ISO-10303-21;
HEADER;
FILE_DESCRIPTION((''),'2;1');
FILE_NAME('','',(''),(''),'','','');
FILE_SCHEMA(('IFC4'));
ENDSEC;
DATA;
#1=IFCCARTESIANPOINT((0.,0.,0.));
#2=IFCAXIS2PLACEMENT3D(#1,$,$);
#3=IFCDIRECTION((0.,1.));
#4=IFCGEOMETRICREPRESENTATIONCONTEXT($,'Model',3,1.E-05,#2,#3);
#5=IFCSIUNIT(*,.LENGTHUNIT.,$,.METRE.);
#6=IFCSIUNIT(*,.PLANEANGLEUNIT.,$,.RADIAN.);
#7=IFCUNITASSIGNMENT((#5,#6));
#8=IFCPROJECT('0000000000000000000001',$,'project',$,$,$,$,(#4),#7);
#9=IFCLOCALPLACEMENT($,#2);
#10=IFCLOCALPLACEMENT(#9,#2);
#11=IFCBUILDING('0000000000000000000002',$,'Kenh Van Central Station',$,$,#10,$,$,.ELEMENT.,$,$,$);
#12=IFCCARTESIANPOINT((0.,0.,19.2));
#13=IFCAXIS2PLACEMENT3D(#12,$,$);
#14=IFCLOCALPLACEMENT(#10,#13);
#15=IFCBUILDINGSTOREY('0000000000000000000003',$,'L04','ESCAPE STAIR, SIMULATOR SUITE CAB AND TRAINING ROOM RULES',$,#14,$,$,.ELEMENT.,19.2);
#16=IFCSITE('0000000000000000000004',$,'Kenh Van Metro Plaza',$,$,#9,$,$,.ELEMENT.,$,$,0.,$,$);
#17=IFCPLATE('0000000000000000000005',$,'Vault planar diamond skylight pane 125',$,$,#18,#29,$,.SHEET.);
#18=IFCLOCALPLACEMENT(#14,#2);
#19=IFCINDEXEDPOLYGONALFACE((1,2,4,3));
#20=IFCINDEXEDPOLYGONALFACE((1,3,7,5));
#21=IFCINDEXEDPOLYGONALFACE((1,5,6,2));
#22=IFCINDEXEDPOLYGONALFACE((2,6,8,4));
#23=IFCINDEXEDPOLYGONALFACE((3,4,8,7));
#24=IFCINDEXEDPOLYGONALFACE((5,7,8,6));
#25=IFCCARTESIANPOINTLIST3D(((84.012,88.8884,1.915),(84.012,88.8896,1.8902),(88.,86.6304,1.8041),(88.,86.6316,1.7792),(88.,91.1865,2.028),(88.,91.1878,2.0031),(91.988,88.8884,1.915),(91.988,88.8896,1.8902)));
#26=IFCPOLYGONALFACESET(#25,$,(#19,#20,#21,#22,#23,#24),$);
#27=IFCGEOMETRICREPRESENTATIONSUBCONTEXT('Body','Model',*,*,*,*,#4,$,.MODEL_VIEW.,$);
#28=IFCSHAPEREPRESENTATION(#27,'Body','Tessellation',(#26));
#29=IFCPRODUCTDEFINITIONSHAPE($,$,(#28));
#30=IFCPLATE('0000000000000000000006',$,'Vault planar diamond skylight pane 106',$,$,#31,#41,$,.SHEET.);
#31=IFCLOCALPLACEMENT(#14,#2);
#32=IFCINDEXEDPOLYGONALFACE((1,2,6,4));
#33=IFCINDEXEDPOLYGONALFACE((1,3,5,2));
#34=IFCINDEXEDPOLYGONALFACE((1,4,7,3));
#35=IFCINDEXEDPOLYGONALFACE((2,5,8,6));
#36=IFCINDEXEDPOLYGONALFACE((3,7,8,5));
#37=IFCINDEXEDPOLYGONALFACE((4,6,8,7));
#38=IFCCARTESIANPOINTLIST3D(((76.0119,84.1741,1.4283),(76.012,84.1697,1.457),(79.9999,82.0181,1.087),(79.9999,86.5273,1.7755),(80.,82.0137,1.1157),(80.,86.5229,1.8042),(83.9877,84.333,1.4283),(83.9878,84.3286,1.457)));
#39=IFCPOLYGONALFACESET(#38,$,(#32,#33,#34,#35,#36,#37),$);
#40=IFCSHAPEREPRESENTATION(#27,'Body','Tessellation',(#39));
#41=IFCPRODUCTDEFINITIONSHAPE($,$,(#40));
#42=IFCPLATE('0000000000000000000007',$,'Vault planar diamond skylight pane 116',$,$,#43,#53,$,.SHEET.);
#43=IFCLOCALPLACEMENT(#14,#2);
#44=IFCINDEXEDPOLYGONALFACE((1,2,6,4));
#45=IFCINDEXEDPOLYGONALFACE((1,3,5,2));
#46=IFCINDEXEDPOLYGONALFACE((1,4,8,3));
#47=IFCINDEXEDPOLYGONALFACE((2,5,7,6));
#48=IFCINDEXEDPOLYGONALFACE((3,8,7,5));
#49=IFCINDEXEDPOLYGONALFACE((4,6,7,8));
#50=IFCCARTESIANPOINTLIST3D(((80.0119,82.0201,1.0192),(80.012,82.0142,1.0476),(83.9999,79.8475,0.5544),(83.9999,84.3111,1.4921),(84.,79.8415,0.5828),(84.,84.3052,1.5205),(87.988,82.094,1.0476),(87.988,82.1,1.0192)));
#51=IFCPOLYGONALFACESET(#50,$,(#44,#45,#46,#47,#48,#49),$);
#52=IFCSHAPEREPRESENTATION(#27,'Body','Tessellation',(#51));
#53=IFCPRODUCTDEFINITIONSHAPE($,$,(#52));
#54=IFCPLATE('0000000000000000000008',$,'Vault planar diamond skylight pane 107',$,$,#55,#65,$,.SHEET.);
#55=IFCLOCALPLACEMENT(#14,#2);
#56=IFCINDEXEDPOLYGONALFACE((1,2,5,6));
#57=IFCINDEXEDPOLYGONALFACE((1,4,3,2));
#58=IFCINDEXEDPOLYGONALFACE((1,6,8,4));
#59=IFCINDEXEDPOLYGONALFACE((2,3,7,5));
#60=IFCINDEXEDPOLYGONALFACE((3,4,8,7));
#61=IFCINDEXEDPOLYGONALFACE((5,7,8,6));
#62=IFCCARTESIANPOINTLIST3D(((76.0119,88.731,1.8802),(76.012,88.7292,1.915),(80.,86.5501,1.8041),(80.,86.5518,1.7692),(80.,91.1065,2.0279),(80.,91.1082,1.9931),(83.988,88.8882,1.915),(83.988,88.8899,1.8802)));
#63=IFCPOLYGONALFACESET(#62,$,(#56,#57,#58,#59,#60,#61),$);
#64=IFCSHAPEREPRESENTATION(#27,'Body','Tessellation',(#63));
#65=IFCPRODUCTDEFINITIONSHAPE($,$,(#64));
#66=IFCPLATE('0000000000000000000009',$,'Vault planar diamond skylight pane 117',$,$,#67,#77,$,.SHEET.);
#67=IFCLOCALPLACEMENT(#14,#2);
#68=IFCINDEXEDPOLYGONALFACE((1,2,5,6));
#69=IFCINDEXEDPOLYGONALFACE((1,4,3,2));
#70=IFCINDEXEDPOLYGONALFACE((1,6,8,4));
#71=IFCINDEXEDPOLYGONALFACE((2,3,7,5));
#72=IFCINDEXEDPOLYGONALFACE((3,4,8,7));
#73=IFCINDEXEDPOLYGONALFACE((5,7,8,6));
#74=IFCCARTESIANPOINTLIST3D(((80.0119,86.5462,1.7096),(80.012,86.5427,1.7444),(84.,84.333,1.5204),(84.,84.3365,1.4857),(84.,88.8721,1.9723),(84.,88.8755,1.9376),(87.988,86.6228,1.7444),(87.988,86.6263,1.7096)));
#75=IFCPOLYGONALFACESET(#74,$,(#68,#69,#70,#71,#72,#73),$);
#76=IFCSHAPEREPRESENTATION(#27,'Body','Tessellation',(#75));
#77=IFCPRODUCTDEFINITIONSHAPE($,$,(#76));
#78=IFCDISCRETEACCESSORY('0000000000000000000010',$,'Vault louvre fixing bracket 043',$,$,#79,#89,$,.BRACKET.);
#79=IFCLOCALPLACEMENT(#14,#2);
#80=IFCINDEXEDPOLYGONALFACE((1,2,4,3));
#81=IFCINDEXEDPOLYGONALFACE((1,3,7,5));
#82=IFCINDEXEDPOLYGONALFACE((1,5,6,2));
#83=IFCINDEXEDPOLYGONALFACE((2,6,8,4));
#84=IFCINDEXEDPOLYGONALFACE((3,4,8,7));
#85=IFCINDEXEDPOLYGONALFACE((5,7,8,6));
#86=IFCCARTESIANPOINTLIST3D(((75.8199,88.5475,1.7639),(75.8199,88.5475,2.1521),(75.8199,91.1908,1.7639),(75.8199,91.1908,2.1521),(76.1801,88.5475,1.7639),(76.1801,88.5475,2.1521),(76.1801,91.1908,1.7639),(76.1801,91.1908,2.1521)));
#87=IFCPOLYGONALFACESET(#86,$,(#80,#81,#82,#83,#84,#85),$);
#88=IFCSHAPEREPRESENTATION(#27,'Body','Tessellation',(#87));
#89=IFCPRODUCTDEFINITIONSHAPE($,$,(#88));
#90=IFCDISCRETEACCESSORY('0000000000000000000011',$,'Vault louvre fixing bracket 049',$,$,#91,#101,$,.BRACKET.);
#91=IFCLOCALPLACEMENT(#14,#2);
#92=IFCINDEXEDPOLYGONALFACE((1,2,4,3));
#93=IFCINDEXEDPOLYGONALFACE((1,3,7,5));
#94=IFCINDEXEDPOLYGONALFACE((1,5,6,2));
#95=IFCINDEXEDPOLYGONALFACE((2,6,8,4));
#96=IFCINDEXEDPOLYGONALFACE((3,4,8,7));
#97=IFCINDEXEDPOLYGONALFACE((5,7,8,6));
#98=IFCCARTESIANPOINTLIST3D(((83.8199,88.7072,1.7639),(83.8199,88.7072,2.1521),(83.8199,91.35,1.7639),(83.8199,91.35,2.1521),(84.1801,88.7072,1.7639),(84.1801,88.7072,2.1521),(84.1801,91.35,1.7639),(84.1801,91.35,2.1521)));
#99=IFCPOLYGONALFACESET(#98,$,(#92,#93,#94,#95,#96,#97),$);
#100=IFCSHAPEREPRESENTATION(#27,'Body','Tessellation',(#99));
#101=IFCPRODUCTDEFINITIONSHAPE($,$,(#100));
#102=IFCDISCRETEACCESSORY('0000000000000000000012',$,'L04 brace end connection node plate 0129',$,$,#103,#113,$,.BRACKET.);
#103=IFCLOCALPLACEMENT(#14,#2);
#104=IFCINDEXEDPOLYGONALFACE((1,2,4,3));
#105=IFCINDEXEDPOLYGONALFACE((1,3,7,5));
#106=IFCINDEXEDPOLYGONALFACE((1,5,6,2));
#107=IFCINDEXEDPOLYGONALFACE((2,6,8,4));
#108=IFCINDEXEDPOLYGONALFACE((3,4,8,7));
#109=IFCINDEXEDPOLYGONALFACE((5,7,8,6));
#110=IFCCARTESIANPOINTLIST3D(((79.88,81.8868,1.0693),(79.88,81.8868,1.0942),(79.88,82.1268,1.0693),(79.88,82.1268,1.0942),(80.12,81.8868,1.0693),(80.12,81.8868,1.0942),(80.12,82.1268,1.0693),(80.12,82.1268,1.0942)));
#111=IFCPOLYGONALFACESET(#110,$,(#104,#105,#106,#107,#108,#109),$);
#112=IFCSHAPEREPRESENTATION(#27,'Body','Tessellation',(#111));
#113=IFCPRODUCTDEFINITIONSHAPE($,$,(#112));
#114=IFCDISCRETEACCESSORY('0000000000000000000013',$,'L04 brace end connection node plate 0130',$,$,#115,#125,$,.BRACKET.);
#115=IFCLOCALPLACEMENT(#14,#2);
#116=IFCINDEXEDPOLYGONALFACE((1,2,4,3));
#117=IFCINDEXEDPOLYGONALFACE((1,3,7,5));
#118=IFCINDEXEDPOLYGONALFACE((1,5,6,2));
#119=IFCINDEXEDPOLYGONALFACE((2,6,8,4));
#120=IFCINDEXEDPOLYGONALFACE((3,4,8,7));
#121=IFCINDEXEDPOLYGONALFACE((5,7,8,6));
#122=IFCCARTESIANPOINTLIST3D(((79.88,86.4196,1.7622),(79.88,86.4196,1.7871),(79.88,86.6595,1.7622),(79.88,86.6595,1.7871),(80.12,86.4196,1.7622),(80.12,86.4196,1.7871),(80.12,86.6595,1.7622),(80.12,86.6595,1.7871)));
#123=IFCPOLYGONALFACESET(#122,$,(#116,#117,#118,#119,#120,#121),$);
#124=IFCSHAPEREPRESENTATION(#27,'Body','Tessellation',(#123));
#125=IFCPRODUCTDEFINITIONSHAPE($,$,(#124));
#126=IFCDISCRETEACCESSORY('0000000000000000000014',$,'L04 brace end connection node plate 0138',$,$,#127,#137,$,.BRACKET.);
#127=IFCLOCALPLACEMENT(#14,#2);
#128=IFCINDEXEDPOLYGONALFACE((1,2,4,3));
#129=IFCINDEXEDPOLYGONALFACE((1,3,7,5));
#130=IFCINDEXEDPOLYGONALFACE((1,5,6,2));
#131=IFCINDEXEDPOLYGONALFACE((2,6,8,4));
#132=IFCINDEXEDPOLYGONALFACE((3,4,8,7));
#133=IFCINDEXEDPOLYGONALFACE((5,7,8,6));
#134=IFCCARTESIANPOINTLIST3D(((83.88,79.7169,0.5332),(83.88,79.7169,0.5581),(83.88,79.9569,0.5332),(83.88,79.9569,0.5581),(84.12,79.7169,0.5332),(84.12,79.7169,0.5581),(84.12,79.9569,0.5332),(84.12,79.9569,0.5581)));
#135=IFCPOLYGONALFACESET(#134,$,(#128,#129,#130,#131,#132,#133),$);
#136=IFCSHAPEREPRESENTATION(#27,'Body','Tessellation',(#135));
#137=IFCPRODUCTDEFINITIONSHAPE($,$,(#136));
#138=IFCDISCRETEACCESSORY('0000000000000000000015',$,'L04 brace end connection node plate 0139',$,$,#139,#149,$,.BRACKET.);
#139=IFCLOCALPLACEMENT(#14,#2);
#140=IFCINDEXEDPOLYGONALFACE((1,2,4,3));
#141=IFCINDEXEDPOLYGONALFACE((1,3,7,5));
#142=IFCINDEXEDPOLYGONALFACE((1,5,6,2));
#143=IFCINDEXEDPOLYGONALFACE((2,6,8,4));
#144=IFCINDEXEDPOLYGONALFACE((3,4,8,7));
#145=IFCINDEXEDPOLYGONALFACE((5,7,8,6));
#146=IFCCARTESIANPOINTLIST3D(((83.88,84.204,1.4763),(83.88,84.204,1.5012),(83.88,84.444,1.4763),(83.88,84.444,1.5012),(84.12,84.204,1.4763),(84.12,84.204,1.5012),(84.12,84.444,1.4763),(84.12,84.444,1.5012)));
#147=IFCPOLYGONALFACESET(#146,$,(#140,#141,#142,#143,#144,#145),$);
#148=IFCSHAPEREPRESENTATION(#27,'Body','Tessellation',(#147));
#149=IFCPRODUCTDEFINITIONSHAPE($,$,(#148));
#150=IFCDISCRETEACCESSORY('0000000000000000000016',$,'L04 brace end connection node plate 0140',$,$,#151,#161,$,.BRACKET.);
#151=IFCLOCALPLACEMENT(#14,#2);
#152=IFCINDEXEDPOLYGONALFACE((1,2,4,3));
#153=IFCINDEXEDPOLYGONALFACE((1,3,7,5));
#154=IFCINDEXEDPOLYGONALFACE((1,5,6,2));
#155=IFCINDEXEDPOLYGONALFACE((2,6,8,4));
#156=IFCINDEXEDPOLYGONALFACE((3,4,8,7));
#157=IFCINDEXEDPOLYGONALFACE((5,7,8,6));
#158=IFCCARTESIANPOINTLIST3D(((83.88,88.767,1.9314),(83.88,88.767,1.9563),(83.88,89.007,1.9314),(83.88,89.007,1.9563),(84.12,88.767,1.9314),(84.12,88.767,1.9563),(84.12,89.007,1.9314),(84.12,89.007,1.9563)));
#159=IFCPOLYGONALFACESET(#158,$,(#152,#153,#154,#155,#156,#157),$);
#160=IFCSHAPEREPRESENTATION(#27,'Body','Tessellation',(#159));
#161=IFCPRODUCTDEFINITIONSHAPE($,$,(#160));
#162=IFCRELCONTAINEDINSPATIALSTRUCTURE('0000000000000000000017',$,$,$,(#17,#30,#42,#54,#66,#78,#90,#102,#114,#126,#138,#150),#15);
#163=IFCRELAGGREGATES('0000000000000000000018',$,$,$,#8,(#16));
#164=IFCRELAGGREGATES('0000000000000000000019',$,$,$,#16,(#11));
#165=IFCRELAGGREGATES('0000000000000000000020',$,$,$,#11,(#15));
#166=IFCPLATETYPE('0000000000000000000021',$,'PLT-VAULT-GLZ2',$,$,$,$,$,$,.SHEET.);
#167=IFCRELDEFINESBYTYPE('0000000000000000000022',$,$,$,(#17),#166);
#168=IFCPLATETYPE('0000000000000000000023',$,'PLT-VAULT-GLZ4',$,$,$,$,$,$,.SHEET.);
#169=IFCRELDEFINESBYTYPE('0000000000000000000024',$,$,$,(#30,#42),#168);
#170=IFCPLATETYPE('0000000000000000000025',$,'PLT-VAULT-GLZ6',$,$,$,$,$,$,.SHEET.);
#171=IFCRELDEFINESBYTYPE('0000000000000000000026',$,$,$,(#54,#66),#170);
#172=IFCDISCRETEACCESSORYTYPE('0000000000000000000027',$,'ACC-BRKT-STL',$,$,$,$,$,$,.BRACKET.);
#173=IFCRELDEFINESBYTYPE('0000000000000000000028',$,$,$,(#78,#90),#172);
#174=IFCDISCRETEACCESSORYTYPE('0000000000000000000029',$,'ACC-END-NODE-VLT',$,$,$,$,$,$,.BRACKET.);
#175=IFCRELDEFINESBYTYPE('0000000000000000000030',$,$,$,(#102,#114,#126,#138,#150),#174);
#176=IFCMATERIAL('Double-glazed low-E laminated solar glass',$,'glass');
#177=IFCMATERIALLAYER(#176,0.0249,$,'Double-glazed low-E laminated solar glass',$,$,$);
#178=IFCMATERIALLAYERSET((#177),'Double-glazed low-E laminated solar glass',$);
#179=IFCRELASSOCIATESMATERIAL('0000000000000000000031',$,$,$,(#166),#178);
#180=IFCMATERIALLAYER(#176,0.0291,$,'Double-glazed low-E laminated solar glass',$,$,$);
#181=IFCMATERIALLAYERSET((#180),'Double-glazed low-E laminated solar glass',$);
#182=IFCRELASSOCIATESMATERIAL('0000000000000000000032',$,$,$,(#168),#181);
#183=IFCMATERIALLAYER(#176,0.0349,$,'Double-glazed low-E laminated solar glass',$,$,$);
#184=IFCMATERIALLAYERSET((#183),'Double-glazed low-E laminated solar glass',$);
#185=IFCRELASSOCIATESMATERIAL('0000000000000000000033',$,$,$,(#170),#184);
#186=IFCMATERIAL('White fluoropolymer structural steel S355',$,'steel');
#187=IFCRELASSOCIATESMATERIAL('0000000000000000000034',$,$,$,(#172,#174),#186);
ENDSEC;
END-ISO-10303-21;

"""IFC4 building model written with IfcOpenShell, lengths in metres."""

from ifc_helpers import new_model, si_unit, direction, frame, origin, origin_2d, place, context, subcontext, project, spatial, polyline, rectangle, outline, extrude, material, layer, layer_set, type_object, element, save


model = new_model("IFC4")

# Units and contexts
model_context = context("Model", 3, precision=1e-05, world=origin(), true_north=direction((0.0, 1.0)))
body_context = subcontext(model_context, "Body", "Model", "MODEL_VIEW")
ifc_project = project(units=[si_unit("LENGTHUNIT", "METRE"), si_unit("PLANEANGLEUNIT", "RADIAN")], contexts=[model_context])

# Site, building, storey
site_placement = place(None, origin())
site = spatial("IfcSite", under=ifc_project, at=site_placement, Name="Kenh Van Metro Plaza", CompositionType="ELEMENT", RefElevation=0.0)
building_placement = place(site_placement, origin())
building = spatial("IfcBuilding", under=site, at=building_placement, Name="Kenh Van Central Station", CompositionType="ELEMENT")
storey_placement = place(building_placement, frame((0.0, 0.0, 19.2)))
storey = spatial("IfcBuildingStorey", under=building, at=storey_placement, Name="L04", Description="ESCAPE STAIR, SIMULATOR SUITE CAB AND TRAINING ROOM RULES", CompositionType="ELEMENT", Elevation=19.2)

# Shared definitions
ifc_material_1 = material(Name="White fluoropolymer structural steel S355", Category="steel")

# Plates
ifc_material_2 = material(Name="Double-glazed low-E laminated solar glass", Category="glass")
ifc_layer_1 = layer(ifc_material_2, 0.0249, Name="Double-glazed low-E laminated solar glass")
ifc_layer_set_1 = layer_set([ifc_layer_1], Name="Double-glazed low-E laminated solar glass")
plate_type_1 = type_object("IfcPlateType", Name="PLT-VAULT-GLZ2", PredefinedType="SHEET", material=ifc_layer_set_1)
plate_1_placement = place(storey_placement, frame((84.012, 88.8884, 1.915), z_axis=(0.0, -0.049078, 0.998795), x_axis=(0.869939, -0.492565, -0.024203)))
element("IfcPlate", 1, at=plate_1_placement, inside=storey, type_object=plate_type_1, Name="Vault planar diamond skylight pane 125", PredefinedType="SHEET", context=body_context, shape_type="SweptSolid", body=[
    extrude(outline(polyline([(0.0, 0.0), (4.5843, 0.0), (6.9387, 3.9335), (2.3347, 3.9684), (0.0, 0.0)])), origin(), (0.0, 0.0, -1.0), 0.0249),
])
ifc_layer_2 = layer(ifc_material_2, 0.0291, Name="Double-glazed low-E laminated solar glass")
ifc_layer_set_2 = layer_set([ifc_layer_2], Name="Double-glazed low-E laminated solar glass")
plate_type_2 = type_object("IfcPlateType", Name="PLT-VAULT-GLZ4", PredefinedType="SHEET", material=ifc_layer_set_2)
plate_2_placement = place(storey_placement, frame((76.012, 84.1697, 1.457), z_axis=(0.003008, -0.15093, 0.98854), x_axis=(0.877195, -0.474228, -0.075074)))
element("IfcPlate", 2, at=plate_2_placement, inside=storey, type_object=plate_type_2, Name="Vault planar diamond skylight pane 106", PredefinedType="SHEET", context=body_context, shape_type="SweptSolid", body=[
    extrude(outline(polyline([(0.0, 0.0), (4.5463, 0.0), (6.921, 3.9672), (2.3562, 4.0014), (0.0, 0.0)])), origin(), (0.0, 0.0, -1.0), 0.0291),
])
plate_3_placement = place(storey_placement, frame((80.012, 82.0142, 1.0476), z_axis=(0.002058, -0.205597, 0.978635), x_axis=(0.87358, -0.475911, -0.101819)))
element("IfcPlate", 3, at=plate_3_placement, inside=storey, type_object=plate_type_2, Name="Vault planar diamond skylight pane 116", PredefinedType="SHEET", context=body_context, shape_type="SweptSolid", body=[
    extrude(outline(polyline([(0.0, 0.0), (4.5652, 0.0), (6.9297, 3.95), (2.3454, 3.9845), (0.0, 0.0)])), origin(), (0.0, 0.0, -1.0), 0.0291),
])
ifc_layer_3 = layer(ifc_material_2, 0.0349, Name="Double-glazed low-E laminated solar glass")
ifc_layer_set_3 = layer_set([ifc_layer_3], Name="Double-glazed low-E laminated solar glass")
plate_type_3 = type_object("IfcPlateType", Name="PLT-VAULT-GLZ6", PredefinedType="SHEET", material=ifc_layer_set_3)
plate_4_placement = place(storey_placement, frame((76.012, 88.7292, 1.915), z_axis=(0.000978, -0.049075, 0.998795), x_axis=(0.877273, -0.47937, -0.024413)))
element("IfcPlate", 4, at=plate_4_placement, inside=storey, type_object=plate_type_3, Name="Vault planar diamond skylight pane 107", PredefinedType="SHEET", context=body_context, shape_type="SweptSolid", body=[
    extrude(outline(polyline([(0.0, 0.0), (4.5459, 0.0), (6.921, 3.9677), (2.3563, 4.002), (0.0, 0.0)])), origin(), (0.0, 0.0, -1.0), 0.0349),
])
plate_5_placement = place(storey_placement, frame((80.012, 86.5427, 1.7444), z_axis=(0.000995, -0.099069, 0.99508), x_axis=(0.87365, -0.484075, -0.049067)))
element("IfcPlate", 5, at=plate_5_placement, inside=storey, type_object=plate_type_3, Name="Vault planar diamond skylight pane 117", PredefinedType="SHEET", context=body_context, shape_type="SweptSolid", body=[
    extrude(outline(polyline([(0.0, 0.0), (4.5648, 0.0), (6.9295, 3.9504), (2.3454, 3.9852), (0.0, 0.0)])), origin(), (0.0, 0.0, -1.0), 0.0349),
])

# Discrete accessories
discrete_accessory_type_1 = type_object("IfcDiscreteAccessoryType", Name="ACC-BRKT-STL", PredefinedType="BRACKET", material=ifc_material_1)
discrete_accessory_1_placement = place(storey_placement, frame((76.0, 89.8691, 1.7639), z_axis=(0.0, 0.0, 1.0), x_axis=(1.0, 0.0, 0.0)))
element("IfcDiscreteAccessory", 6, at=discrete_accessory_1_placement, inside=storey, type_object=discrete_accessory_type_1, Name="Vault louvre fixing bracket 043", PredefinedType="BRACKET", context=body_context, shape_type="SweptSolid", body=[
    extrude(rectangle(XDim=0.3601, YDim=2.6433, at=origin_2d()), origin(), (0.0, 0.0, 1.0), 0.3882),
])
discrete_accessory_2_placement = place(storey_placement, frame((84.0, 90.0286, 1.7639), z_axis=(0.0, 0.0, 1.0), x_axis=(1.0, 0.0, 0.0)))
element("IfcDiscreteAccessory", 7, at=discrete_accessory_2_placement, inside=storey, type_object=discrete_accessory_type_1, Name="Vault louvre fixing bracket 049", PredefinedType="BRACKET", context=body_context, shape_type="SweptSolid", body=[
    extrude(rectangle(XDim=0.3601, YDim=2.6428, at=origin_2d()), origin(), (0.0, 0.0, 1.0), 0.3882),
])
discrete_accessory_type_2 = type_object("IfcDiscreteAccessoryType", Name="ACC-END-NODE-VLT", PredefinedType="BRACKET", material=ifc_material_1)
for number, where, z_axis, x_axis, name in (
    (8, (80.0, 82.0068, 1.0693), (0.0, 0.0, 1.0), (1.0, 0.0, 0.0), "L04 brace end connection node plate 0129"),
    (9, (80.0, 86.5396, 1.7622), (0.0, 0.0, 1.0), (1.0, 0.0, 0.0), "L04 brace end connection node plate 0130"),
    (10, (84.0, 79.8369, 0.5332), (0.0, 0.0, 1.0), (1.0, 0.0, 0.0), "L04 brace end connection node plate 0138"),
    (11, (84.0, 84.324, 1.4763), (0.0, 0.0, 1.0), (1.0, 0.0, 0.0), "L04 brace end connection node plate 0139"),
    (12, (84.0, 88.887, 1.9314), (0.0, 0.0, 1.0), (1.0, 0.0, 0.0), "L04 brace end connection node plate 0140"),
):
    element("IfcDiscreteAccessory", number, at=place(storey_placement, frame(where, z_axis=z_axis, x_axis=x_axis)), inside=storey, type_object=discrete_accessory_type_2, Name=name, PredefinedType="BRACKET", context=body_context, shape_type="SweptSolid", body=[
        extrude(rectangle(XDim=0.24, YDim=0.24, at=origin_2d()), origin(), (0.0, 0.0, 1.0), 0.0249),
    ])

save(model, "model.ifc")
